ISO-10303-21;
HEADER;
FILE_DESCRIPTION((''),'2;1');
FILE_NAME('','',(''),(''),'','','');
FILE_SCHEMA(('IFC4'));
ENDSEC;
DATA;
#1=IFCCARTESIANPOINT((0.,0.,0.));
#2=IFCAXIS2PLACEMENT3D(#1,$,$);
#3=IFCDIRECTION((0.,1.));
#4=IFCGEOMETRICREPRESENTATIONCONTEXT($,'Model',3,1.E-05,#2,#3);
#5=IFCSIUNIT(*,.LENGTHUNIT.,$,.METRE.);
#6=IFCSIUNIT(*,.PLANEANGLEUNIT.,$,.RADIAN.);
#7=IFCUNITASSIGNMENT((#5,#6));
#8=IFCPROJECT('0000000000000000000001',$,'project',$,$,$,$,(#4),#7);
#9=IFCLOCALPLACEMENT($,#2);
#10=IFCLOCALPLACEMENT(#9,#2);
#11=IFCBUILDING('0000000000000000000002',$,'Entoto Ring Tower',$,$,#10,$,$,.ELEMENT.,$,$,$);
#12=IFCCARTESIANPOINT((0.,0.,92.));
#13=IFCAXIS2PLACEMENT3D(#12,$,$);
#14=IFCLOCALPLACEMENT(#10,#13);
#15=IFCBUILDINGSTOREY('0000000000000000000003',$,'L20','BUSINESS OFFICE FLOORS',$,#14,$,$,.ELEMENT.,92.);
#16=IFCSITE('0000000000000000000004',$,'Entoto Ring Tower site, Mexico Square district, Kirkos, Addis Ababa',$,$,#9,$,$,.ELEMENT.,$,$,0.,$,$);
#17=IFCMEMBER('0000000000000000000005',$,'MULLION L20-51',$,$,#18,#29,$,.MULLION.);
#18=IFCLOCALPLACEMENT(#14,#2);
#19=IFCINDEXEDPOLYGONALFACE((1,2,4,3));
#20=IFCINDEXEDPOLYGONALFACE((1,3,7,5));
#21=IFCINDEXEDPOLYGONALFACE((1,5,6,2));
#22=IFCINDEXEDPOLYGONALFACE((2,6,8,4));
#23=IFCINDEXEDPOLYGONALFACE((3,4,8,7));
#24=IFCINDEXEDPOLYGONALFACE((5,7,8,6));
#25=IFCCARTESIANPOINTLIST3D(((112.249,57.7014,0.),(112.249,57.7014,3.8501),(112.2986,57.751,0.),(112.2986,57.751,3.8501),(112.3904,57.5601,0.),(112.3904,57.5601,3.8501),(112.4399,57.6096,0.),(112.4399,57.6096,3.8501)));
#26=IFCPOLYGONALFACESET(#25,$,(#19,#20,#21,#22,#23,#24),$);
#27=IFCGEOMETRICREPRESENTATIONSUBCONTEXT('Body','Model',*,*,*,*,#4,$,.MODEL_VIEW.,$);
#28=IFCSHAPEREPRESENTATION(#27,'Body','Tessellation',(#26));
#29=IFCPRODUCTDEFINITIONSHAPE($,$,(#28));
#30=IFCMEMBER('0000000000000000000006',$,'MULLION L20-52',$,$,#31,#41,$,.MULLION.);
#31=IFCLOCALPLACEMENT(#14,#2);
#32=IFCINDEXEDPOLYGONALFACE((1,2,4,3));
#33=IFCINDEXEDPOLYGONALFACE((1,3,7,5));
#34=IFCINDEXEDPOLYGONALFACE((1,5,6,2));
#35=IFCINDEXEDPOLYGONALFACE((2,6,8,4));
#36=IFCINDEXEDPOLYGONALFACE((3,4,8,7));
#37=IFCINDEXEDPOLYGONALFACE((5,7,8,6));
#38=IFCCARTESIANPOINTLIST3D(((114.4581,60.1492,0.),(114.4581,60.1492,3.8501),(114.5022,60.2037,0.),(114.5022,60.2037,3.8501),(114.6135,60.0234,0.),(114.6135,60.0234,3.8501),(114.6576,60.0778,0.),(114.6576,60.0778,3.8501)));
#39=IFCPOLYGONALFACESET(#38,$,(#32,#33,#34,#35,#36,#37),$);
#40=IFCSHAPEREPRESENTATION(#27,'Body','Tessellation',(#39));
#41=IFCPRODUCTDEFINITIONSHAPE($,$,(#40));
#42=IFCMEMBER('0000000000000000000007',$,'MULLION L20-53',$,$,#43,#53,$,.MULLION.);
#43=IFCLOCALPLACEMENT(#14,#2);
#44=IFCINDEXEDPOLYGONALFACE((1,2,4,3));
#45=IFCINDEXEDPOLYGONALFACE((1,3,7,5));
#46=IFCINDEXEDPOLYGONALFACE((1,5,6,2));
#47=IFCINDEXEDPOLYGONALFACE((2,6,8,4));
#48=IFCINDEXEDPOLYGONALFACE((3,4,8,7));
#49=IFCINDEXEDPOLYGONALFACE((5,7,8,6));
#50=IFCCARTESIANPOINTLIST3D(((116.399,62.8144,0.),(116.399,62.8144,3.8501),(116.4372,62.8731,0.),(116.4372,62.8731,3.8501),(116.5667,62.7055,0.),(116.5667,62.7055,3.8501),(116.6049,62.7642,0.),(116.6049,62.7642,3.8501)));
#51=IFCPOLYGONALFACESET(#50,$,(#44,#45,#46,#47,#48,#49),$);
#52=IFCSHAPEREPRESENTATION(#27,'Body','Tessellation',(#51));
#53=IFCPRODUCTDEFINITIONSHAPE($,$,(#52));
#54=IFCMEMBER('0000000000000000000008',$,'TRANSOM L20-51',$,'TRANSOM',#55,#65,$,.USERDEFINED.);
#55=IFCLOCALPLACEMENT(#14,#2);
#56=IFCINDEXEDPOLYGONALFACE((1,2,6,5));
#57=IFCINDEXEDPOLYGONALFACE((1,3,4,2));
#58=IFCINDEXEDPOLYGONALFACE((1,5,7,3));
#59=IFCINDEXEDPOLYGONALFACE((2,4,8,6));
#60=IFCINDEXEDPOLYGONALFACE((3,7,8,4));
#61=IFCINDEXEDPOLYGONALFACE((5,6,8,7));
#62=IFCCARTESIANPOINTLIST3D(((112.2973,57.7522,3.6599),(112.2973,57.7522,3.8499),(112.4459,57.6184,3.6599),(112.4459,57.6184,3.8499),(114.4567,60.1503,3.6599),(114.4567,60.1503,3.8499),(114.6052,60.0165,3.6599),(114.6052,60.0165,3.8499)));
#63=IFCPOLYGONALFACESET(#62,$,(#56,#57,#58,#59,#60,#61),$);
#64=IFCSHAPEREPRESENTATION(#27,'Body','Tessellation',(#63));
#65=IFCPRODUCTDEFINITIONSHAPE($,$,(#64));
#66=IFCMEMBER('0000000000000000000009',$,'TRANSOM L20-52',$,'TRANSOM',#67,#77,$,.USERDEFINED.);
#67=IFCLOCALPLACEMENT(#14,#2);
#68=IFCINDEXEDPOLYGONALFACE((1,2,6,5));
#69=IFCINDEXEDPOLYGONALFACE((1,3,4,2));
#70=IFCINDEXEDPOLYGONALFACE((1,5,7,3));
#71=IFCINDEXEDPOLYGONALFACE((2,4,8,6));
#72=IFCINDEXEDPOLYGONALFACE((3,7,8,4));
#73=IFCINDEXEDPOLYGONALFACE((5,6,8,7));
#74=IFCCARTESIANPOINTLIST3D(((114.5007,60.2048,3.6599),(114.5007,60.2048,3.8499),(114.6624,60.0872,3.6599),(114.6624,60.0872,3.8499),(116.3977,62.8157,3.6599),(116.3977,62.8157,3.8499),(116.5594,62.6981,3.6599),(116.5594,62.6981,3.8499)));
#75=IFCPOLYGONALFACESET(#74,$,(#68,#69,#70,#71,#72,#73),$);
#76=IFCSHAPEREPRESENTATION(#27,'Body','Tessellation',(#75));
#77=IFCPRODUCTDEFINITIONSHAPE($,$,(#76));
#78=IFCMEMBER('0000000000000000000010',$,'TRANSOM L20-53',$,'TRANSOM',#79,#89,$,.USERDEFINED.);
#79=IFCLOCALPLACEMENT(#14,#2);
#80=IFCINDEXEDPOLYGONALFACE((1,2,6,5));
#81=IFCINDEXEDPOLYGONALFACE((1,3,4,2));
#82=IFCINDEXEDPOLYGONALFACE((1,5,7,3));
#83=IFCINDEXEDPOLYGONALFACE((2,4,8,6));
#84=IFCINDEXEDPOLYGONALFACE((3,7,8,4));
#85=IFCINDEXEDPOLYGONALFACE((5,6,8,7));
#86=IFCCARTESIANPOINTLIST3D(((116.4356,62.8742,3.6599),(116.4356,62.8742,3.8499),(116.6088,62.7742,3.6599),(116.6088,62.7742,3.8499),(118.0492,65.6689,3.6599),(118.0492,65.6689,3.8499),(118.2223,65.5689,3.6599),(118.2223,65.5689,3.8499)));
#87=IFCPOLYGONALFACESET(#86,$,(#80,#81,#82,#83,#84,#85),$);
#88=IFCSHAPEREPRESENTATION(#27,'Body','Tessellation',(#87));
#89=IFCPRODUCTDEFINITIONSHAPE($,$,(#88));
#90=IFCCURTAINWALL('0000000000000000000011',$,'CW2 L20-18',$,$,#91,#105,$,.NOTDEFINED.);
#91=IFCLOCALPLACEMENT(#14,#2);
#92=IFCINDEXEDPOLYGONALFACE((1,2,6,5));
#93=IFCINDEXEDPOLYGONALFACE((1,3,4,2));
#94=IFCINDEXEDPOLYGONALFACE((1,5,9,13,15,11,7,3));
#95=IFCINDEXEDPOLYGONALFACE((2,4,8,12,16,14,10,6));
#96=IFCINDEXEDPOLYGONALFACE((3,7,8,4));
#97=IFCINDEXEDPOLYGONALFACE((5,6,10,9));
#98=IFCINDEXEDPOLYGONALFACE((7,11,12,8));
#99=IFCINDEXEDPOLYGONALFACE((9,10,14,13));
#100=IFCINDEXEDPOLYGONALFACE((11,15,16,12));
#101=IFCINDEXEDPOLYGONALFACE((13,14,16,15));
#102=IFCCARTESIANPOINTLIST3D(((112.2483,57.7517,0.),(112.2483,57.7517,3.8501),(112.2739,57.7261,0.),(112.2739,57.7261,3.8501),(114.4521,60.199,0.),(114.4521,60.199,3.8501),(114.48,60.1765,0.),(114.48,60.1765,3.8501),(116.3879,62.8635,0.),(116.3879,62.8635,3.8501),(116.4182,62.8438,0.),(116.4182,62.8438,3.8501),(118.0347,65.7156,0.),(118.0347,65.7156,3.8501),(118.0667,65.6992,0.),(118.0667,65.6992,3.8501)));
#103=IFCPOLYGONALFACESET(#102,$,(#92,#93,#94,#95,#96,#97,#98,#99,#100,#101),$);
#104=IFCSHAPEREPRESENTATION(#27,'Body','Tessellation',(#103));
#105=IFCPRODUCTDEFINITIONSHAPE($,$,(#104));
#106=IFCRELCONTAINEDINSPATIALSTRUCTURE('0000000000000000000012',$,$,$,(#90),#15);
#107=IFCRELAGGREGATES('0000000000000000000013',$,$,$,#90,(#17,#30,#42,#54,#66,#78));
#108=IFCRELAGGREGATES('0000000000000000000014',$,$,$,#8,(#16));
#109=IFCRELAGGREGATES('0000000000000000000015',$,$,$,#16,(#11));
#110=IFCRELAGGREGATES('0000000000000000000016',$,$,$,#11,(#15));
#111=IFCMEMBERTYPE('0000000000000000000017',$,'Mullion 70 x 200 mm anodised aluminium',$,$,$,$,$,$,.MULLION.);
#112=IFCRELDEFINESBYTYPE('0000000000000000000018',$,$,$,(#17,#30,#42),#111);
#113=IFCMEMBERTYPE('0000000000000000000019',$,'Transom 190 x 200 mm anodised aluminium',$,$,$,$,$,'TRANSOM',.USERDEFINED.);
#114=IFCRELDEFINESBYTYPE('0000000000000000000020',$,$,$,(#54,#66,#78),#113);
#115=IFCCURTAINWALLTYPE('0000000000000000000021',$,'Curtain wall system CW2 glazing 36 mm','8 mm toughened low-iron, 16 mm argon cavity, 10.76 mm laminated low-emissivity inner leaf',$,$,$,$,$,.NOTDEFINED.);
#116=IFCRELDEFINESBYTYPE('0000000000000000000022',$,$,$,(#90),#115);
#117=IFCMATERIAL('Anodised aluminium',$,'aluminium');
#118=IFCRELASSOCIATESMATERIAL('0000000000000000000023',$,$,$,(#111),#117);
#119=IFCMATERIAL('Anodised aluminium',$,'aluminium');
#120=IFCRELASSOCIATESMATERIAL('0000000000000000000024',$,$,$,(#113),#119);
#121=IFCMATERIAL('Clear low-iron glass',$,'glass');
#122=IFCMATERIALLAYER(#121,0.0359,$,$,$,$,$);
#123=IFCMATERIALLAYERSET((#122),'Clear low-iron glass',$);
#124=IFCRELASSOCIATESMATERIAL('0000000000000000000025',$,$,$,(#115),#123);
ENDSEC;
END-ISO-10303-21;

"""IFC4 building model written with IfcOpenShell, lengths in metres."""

from ifc_helpers import new_model, si_unit, direction, frame, origin, origin_2d, place, context, subcontext, project, spatial, polyline, rectangle, outline, extrude, material, layer, layer_set, material_profile, profile_set, type_object, element, aggregate, save


model = new_model("IFC4")

# Units and contexts
model_context = context("Model", 3, precision=1e-05, world=origin(), true_north=direction((0.0, 1.0)))
body_context = subcontext(model_context, "Body", "Model", "MODEL_VIEW")
ifc_project = project(units=[si_unit("LENGTHUNIT", "METRE"), si_unit("PLANEANGLEUNIT", "RADIAN")], contexts=[model_context])

# Members
ifc_material_1 = material(Name="Anodised aluminium", Category="aluminium")
ifc_material_profile_1 = material_profile(ifc_material_1, rectangle(XDim=0.0701, YDim=0.2, at=origin_2d()), Name="Mullion 70 x 200 mm anodised aluminium")
ifc_profile_set_1 = profile_set([ifc_material_profile_1], Name="Anodised aluminium")
member_type_1 = type_object("IfcMemberType", Name="Mullion 70 x 200 mm anodised aluminium", PredefinedType="MULLION", material=ifc_profile_set_1)
site_placement = place(None, origin())
building_placement = place(site_placement, origin())
storey_placement = place(building_placement, frame((0.0, 0.0, 92.0)))
member_1_placement = place(storey_placement, frame((112.3445, 57.6555, 0.0), z_axis=(0.0, 0.0, 1.0), x_axis=(0.707107, 0.707107, 0.0)))
member_1 = element("IfcMember", 1, at=member_1_placement, type_object=member_type_1, Name="MULLION L20-51", PredefinedType="MULLION", context=body_context, shape_type="SweptSolid", body=[
    extrude(rectangle(XDim=0.0701, YDim=0.2, at=origin_2d()), origin(), (0.0, 0.0, 1.0), 3.8501),
])
member_2_placement = place(storey_placement, frame((114.5579, 60.1135, 0.0), z_axis=(0.0, 0.0, 1.0), x_axis=(0.62932, 0.777146, 0.0)))
member_2 = element("IfcMember", 2, at=member_2_placement, type_object=member_type_1, Name="MULLION L20-52", PredefinedType="MULLION", context=body_context, shape_type="SweptSolid", body=[
    extrude(rectangle(XDim=0.0701, YDim=0.2, at=origin_2d()), origin(), (0.0, 0.0, 1.0), 3.8501),
])
member_3_placement = place(storey_placement, frame((116.502, 62.7893, 0.0), z_axis=(0.0, 0.0, 1.0), x_axis=(0.544639, 0.838671, 0.0)))
member_3 = element("IfcMember", 3, at=member_3_placement, type_object=member_type_1, Name="MULLION L20-53", PredefinedType="MULLION", context=body_context, shape_type="SweptSolid", body=[
    extrude(rectangle(XDim=0.0701, YDim=0.2, at=origin_2d()), origin(), (0.0, 0.0, 1.0), 3.8501),
])
ifc_material_2 = material(Name="Anodised aluminium", Category="aluminium")
ifc_material_profile_2 = material_profile(ifc_material_2, rectangle(XDim=0.2, YDim=0.1899, at=origin_2d()), Name="Transom 190 x 200 mm anodised aluminium")
ifc_profile_set_2 = profile_set([ifc_material_profile_2], Name="Anodised aluminium")
member_type_2 = type_object("IfcMemberType", Name="Transom 190 x 200 mm anodised aluminium", ElementType="TRANSOM", PredefinedType="USERDEFINED", material=ifc_profile_set_2)
member_4_placement = place(storey_placement, frame((112.3716, 57.6853, 3.7549), z_axis=(0.669144, 0.743132, 0.0), x_axis=(-0.743132, 0.669144, 0.0)))
member_4 = element("IfcMember", 4, at=member_4_placement, type_object=member_type_2, Name="TRANSOM L20-51", ObjectType="TRANSOM", PredefinedType="USERDEFINED", context=body_context, shape_type="SweptSolid", body=[
    extrude(rectangle(XDim=0.2, YDim=0.1899, at=origin_2d()), origin(), (0.0, 0.0, 1.0), 3.2271),
])
member_5_placement = place(storey_placement, frame((114.5815, 60.146, 3.7549), z_axis=(0.587803, 0.809004, 0.0), x_axis=(-0.809004, 0.587803, 0.0)))
member_5 = element("IfcMember", 5, at=member_5_placement, type_object=member_type_2, Name="TRANSOM L20-52", ObjectType="TRANSOM", PredefinedType="USERDEFINED", context=body_context, shape_type="SweptSolid", body=[
    extrude(rectangle(XDim=0.2, YDim=0.1899, at=origin_2d()), origin(), (0.0, 0.0, 1.0), 3.2273),
])
member_6_placement = place(storey_placement, frame((116.5222, 62.8242, 3.7549), z_axis=(0.500004, 0.866023, 0.0), x_axis=(-0.866023, 0.500004, 0.0)))
member_6 = element("IfcMember", 6, at=member_6_placement, type_object=member_type_2, Name="TRANSOM L20-53", ObjectType="TRANSOM", PredefinedType="USERDEFINED", context=body_context, shape_type="SweptSolid", body=[
    extrude(rectangle(XDim=0.2, YDim=0.1899, at=origin_2d()), origin(), (0.0, 0.0, 1.0), 3.2271),
])

# Site, building, storey
site = spatial("IfcSite", under=ifc_project, at=site_placement, Name="Entoto Ring Tower site, Mexico Square district, Kirkos, Addis Ababa", CompositionType="ELEMENT", RefElevation=0.0)
building = spatial("IfcBuilding", under=site, at=building_placement, Name="Entoto Ring Tower", CompositionType="ELEMENT")
storey = spatial("IfcBuildingStorey", under=building, at=storey_placement, Name="L20", Description="BUSINESS OFFICE FLOORS", CompositionType="ELEMENT", Elevation=92.0)

# Curtain wall
ifc_material_3 = material(Name="Clear low-iron glass", Category="glass")
ifc_layer_1 = layer(ifc_material_3, 0.0359)
ifc_layer_set_1 = layer_set([ifc_layer_1], Name="Clear low-iron glass")
curtain_wall_type = type_object("IfcCurtainWallType", Name="Curtain wall system CW2 glazing 36 mm", Description="8 mm toughened low-iron, 16 mm argon cavity, 10.76 mm laminated low-emissivity inner leaf", PredefinedType="NOTDEFINED", material=ifc_layer_set_1)
curtain_wall_1_placement = place(storey_placement, origin())
curtain_wall_1 = element("IfcCurtainWall", 7, at=curtain_wall_1_placement, inside=storey, type_object=curtain_wall_type, Name="CW2 L20-18", PredefinedType="NOTDEFINED", context=body_context, shape_type="SweptSolid", body=[
    extrude(outline(polyline([(112.2739, 57.7261), (114.48, 60.1765), (116.4182, 62.8438), (118.0667, 65.6992), (118.0347, 65.7156), (116.3879, 62.8635), (114.4521, 60.199), (112.2483, 57.7517), (112.2739, 57.7261)])), origin(), (0.0, 0.0, 1.0), 3.8501),
])
aggregate(curtain_wall_1, [member_1, member_2, member_3, member_4, member_5, member_6])

save(model, "model.ifc")
